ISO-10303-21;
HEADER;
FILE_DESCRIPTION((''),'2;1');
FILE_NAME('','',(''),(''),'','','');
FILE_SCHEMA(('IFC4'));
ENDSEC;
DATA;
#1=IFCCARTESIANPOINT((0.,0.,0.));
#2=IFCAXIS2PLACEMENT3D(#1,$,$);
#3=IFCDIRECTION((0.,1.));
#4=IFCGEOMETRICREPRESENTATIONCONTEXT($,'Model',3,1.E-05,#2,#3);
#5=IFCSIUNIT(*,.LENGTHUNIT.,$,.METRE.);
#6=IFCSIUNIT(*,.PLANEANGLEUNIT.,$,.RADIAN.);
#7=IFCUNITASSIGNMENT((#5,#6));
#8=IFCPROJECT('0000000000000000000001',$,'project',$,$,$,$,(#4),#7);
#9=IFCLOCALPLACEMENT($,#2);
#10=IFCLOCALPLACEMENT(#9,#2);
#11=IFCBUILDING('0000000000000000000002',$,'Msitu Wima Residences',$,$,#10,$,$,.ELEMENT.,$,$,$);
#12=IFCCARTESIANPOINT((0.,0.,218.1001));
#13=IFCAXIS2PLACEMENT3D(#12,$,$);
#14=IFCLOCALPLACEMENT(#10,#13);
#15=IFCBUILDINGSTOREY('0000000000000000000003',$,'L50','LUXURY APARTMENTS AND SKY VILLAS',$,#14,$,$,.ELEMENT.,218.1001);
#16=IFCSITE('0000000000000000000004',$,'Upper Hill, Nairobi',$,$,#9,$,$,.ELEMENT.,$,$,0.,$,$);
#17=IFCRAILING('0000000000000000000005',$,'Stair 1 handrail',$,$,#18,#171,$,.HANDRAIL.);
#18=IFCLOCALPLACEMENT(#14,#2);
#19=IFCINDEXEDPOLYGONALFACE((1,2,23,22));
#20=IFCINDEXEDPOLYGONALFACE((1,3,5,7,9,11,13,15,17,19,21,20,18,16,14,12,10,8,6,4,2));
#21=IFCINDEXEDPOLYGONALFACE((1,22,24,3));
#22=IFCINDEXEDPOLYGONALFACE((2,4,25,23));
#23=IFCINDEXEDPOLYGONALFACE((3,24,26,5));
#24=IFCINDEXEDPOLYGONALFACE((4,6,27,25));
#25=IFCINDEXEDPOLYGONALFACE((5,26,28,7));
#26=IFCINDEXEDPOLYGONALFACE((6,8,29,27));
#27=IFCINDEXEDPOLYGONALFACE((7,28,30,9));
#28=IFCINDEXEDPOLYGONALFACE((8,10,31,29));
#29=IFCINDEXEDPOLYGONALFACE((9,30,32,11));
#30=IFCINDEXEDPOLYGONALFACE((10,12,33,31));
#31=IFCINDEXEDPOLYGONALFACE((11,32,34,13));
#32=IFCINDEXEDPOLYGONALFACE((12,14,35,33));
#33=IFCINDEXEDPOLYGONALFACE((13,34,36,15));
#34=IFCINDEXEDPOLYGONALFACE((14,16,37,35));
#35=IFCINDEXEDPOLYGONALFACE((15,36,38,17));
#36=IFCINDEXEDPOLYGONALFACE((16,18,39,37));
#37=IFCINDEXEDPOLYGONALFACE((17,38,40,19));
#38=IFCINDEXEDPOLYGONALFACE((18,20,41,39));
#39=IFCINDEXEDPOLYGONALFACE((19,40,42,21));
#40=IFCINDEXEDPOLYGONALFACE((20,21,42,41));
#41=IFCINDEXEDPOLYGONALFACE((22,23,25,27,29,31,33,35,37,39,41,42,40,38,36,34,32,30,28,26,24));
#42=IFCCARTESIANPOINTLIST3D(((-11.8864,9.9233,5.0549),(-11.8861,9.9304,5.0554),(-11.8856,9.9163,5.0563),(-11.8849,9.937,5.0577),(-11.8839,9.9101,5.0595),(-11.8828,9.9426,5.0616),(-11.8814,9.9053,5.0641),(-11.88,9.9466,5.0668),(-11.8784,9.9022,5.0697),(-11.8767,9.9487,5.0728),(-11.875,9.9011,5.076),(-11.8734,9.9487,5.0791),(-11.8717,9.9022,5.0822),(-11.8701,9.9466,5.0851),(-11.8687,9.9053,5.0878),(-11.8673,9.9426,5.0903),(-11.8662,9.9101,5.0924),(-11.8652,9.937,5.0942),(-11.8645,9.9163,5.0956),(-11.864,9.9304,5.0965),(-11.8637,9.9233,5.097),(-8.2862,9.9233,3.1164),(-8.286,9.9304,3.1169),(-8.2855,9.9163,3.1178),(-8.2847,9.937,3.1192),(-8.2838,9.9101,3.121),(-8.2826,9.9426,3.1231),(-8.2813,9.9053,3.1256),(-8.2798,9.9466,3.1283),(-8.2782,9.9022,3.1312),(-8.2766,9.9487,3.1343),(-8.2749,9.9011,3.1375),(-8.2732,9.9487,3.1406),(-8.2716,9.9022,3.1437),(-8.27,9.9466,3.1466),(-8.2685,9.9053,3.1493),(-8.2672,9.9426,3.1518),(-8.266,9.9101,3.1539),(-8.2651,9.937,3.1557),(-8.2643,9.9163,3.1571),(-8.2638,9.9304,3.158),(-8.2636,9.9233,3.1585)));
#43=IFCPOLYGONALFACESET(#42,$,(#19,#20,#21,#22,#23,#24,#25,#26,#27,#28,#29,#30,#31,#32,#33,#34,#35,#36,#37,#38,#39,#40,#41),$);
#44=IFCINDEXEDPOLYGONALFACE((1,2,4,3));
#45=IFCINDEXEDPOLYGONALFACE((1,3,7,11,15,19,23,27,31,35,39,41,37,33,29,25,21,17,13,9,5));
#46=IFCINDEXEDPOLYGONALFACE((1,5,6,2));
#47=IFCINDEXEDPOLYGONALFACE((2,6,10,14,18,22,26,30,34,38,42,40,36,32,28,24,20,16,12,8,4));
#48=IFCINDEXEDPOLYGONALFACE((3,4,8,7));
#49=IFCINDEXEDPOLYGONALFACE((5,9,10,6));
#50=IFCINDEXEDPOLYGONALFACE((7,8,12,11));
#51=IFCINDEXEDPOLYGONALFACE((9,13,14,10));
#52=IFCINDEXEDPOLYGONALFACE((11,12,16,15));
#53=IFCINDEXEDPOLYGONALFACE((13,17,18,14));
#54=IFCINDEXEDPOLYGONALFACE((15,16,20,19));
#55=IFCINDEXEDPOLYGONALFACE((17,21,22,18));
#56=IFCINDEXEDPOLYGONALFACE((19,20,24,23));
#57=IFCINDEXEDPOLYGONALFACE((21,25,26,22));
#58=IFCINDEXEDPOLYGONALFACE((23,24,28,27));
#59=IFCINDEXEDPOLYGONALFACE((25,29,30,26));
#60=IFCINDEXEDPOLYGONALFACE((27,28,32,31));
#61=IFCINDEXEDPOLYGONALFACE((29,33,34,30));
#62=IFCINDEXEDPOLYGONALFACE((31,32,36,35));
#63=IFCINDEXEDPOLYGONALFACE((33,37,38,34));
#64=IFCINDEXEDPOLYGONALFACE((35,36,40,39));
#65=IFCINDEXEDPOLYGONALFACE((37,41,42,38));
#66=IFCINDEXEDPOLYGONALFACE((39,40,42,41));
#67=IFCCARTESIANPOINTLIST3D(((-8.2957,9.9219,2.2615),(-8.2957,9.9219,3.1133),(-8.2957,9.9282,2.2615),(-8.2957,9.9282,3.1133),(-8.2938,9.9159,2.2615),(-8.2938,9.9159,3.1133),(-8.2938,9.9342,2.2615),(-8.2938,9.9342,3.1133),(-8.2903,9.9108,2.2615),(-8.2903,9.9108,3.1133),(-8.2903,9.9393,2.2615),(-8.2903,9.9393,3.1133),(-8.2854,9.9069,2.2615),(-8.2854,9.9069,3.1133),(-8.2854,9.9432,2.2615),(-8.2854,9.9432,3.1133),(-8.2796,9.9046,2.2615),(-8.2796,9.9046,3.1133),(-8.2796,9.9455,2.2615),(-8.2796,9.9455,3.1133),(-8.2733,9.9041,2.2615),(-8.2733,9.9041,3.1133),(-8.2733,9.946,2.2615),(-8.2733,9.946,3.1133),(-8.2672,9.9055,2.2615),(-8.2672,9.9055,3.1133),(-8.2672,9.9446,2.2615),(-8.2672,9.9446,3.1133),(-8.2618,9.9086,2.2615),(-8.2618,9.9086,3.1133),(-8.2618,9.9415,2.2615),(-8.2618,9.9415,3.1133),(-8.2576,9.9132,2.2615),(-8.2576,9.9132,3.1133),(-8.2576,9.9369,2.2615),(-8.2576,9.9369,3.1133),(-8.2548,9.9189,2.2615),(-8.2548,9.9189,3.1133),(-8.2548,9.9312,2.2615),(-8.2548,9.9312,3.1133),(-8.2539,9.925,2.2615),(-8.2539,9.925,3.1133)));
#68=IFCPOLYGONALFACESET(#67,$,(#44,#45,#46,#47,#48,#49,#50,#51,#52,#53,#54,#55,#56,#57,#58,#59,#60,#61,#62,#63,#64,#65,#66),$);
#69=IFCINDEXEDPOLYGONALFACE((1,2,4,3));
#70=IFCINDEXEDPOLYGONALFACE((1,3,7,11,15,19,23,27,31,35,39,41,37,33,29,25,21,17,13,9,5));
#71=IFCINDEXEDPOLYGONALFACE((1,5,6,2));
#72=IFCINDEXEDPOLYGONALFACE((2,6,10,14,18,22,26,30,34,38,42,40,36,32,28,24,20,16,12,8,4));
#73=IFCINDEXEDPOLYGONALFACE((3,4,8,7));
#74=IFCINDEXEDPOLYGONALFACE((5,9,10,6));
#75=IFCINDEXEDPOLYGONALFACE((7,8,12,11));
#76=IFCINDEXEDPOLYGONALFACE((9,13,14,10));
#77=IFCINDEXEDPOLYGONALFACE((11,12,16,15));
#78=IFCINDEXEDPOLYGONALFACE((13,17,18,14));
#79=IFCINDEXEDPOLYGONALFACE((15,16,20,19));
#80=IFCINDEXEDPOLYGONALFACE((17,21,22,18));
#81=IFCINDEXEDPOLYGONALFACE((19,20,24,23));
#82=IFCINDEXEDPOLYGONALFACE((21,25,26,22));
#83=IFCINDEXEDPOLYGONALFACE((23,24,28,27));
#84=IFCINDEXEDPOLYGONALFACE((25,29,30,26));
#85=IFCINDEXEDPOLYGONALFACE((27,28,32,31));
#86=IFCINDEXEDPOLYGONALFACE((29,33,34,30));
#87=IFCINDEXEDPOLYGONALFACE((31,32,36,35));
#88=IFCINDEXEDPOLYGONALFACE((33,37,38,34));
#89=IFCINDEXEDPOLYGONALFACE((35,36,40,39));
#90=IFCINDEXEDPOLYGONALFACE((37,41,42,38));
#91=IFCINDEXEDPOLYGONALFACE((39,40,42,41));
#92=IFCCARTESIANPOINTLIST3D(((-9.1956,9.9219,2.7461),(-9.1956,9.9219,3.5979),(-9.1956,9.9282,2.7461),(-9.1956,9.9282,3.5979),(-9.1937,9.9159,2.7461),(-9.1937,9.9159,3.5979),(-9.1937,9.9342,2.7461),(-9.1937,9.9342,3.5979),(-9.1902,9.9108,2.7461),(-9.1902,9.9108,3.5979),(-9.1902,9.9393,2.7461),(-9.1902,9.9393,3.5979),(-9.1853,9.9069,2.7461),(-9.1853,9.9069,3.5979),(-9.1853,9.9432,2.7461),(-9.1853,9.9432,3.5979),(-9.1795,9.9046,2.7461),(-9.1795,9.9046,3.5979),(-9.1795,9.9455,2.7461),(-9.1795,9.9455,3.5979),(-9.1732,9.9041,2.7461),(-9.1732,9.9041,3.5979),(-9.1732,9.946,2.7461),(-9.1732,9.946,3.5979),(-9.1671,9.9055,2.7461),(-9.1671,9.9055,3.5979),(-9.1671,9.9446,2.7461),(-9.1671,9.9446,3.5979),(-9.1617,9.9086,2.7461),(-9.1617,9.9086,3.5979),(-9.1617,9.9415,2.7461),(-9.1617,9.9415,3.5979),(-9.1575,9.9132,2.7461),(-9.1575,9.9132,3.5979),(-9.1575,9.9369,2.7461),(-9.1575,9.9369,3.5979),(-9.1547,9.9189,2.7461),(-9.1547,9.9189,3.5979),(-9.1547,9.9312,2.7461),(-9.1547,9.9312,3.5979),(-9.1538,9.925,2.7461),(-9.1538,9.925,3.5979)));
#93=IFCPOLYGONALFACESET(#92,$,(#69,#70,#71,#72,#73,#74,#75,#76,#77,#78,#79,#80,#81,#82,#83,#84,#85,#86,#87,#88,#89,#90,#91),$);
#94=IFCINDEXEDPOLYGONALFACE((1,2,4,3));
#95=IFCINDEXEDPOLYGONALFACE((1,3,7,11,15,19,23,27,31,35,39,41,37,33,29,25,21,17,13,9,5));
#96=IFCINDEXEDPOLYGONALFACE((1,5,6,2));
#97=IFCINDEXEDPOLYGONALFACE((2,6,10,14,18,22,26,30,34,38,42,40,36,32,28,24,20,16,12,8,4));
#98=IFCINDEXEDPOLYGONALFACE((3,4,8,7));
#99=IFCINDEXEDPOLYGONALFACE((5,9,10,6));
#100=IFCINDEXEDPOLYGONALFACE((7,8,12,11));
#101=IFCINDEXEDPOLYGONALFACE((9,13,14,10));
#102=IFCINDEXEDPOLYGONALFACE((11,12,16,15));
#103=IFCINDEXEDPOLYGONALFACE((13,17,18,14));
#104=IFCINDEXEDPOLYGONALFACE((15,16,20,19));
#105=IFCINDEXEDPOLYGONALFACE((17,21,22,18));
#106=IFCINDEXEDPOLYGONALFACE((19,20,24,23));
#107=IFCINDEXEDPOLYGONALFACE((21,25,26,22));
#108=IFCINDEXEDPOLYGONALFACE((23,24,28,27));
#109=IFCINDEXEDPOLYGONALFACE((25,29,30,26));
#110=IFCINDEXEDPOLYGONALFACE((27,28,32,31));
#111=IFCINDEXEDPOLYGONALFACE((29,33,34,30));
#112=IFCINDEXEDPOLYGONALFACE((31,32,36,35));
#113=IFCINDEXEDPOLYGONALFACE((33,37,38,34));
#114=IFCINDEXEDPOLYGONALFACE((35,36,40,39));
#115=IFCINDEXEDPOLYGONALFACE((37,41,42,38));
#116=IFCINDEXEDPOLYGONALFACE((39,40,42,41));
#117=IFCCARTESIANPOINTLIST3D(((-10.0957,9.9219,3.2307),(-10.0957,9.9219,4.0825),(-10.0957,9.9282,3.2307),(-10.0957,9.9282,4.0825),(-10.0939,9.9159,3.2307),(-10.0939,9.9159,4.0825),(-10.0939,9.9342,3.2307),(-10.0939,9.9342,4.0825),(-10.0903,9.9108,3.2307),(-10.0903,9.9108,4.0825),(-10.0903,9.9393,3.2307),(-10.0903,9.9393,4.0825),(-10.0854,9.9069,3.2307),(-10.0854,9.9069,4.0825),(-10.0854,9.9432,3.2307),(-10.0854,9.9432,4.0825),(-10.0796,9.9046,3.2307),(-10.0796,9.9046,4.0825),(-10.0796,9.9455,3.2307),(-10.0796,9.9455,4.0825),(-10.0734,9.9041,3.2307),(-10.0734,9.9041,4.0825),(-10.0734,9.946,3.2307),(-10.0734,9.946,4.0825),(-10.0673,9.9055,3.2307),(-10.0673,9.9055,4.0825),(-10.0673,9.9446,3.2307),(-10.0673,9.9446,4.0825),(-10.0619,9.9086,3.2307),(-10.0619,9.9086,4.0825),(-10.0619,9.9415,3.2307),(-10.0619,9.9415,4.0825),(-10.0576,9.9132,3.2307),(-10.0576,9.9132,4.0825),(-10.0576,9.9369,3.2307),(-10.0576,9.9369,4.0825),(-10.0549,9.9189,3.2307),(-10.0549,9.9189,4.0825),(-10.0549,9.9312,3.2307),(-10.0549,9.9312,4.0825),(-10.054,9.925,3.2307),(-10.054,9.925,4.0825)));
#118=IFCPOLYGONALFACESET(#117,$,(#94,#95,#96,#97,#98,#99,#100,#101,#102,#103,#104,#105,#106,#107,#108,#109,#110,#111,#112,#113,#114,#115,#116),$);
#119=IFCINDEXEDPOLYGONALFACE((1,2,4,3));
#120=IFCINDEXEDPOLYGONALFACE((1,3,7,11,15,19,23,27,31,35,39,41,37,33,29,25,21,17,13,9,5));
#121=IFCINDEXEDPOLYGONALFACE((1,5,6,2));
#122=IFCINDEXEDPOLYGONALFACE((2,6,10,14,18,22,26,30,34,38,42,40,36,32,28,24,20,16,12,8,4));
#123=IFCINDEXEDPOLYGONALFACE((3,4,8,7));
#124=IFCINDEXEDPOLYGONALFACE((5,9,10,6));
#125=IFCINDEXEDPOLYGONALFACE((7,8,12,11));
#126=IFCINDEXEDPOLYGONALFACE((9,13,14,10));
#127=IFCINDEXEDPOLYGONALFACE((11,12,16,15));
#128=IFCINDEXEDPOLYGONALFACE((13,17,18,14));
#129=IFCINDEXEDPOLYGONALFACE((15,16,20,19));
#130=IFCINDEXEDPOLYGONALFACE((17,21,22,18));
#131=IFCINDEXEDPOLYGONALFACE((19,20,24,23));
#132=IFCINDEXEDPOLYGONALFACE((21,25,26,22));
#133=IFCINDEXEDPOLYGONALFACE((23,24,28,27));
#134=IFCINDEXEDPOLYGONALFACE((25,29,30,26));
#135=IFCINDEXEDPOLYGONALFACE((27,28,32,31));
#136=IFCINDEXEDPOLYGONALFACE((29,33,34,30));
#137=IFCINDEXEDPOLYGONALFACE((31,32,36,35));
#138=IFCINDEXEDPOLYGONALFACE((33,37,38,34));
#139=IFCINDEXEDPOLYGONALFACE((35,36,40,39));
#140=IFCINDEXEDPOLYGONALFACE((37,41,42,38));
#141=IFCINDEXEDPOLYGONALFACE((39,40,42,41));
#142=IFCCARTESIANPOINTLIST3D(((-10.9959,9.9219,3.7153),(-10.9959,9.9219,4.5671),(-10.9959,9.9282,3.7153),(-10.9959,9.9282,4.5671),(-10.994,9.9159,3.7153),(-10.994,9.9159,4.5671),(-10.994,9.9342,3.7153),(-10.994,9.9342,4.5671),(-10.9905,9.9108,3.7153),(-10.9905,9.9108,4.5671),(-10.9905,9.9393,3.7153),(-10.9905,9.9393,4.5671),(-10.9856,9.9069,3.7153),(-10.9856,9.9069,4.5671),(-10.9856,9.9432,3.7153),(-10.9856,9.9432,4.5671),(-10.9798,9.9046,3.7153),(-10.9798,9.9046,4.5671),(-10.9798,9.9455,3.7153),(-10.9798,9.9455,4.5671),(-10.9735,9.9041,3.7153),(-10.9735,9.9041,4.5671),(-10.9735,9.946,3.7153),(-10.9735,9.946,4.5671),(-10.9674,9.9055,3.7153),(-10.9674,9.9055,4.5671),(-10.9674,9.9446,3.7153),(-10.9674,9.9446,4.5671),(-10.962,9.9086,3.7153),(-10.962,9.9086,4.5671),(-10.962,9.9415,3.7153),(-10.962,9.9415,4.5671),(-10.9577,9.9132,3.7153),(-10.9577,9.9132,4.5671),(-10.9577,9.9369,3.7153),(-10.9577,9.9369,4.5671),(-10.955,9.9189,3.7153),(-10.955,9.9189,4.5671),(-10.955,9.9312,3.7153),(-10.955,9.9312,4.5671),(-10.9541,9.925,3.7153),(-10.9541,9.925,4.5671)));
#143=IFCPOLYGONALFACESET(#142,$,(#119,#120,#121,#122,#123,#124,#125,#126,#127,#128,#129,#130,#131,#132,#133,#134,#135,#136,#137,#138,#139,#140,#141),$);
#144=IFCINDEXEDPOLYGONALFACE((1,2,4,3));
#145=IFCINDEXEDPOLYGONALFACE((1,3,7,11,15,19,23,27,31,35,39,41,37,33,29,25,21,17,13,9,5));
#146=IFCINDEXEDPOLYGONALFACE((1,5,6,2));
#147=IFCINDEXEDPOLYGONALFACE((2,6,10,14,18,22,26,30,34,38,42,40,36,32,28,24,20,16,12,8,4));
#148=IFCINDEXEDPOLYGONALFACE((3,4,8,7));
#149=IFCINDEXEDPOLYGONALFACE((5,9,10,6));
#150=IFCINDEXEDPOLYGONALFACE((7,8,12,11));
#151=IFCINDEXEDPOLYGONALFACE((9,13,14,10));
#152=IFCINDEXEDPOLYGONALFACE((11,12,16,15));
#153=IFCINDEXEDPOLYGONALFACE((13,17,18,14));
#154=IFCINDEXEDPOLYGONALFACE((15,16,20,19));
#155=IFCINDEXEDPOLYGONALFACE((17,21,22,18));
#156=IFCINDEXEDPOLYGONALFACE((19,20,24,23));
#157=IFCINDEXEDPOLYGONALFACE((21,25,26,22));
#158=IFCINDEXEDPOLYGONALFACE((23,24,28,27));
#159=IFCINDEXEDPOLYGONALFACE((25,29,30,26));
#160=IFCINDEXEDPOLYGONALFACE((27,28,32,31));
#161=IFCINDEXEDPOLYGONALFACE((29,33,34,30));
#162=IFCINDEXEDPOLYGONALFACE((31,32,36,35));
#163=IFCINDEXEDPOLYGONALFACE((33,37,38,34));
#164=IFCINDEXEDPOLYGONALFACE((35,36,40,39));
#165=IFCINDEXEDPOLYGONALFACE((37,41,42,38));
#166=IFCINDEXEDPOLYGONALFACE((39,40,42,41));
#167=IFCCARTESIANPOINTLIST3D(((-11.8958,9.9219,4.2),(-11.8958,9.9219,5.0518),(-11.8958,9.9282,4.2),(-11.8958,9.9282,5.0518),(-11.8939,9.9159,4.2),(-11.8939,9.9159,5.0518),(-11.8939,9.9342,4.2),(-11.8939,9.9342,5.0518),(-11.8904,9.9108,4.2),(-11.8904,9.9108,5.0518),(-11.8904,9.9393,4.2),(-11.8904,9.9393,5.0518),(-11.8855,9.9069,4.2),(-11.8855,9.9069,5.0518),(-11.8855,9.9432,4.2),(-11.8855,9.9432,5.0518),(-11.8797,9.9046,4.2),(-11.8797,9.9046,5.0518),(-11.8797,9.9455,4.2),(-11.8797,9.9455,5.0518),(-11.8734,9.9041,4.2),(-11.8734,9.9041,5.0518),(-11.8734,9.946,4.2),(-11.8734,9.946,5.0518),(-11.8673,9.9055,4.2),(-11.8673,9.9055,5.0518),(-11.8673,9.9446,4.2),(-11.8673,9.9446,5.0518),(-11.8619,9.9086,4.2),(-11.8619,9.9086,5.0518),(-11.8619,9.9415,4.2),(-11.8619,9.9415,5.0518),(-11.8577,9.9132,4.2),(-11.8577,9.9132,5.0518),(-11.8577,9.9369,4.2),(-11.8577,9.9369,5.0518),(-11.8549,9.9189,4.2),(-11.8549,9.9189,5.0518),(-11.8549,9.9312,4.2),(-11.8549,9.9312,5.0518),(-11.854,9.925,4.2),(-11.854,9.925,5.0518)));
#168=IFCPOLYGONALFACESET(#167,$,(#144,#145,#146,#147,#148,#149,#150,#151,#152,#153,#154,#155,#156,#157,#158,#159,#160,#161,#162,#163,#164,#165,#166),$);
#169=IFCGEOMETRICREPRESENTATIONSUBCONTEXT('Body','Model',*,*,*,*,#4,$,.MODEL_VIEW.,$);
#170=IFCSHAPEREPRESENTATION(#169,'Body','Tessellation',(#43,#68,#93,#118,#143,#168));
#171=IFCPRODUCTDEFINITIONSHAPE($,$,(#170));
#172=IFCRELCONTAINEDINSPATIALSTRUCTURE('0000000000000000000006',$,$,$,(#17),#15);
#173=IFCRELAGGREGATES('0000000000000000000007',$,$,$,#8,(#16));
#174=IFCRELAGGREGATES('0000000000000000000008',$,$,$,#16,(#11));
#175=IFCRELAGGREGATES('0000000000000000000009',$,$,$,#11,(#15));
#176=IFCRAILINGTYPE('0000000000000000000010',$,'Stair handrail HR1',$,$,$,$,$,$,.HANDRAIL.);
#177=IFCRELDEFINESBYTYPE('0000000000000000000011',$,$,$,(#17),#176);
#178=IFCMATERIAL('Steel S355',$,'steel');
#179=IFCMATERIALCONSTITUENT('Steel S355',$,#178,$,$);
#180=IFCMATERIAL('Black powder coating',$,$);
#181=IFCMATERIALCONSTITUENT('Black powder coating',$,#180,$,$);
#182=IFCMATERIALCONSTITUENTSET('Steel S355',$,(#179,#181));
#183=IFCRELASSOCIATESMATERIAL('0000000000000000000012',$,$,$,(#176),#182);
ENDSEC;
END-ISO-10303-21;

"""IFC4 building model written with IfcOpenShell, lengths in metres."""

from ifc_helpers import new_model, si_unit, direction, frame, origin, origin_2d, place, context, subcontext, project, spatial, circle, extrude, material, constituent, constituent_set, type_object, element, save


model = new_model("IFC4")

# Units and contexts
model_context = context("Model", 3, precision=1e-05, world=origin(), true_north=direction((0.0, 1.0)))
body_context = subcontext(model_context, "Body", "Model", "MODEL_VIEW")
ifc_project = project(units=[si_unit("LENGTHUNIT", "METRE"), si_unit("PLANEANGLEUNIT", "RADIAN")], contexts=[model_context])

# Site, building, storey
site_placement = place(None, origin())
site = spatial("IfcSite", under=ifc_project, at=site_placement, Name="Upper Hill, Nairobi", CompositionType="ELEMENT", RefElevation=0.0)
building_placement = place(site_placement, origin())
building = spatial("IfcBuilding", under=site, at=building_placement, Name="Msitu Wima Residences", CompositionType="ELEMENT")
storey_placement = place(building_placement, frame((0.0, 0.0, 218.1001)))
storey = spatial("IfcBuildingStorey", under=building, at=storey_placement, Name="L50", Description="LUXURY APARTMENTS AND SKY VILLAS", CompositionType="ELEMENT", Elevation=218.1001)

# Railing
ifc_material_1 = material(Name="Steel S355", Category="steel")
ifc_constituent_1 = constituent(ifc_material_1, Name="Steel S355")
ifc_material_2 = material(Name="Black powder coating")
ifc_constituent_2 = constituent(ifc_material_2, Name="Black powder coating")
ifc_constituent_set = constituent_set(constituents=[ifc_constituent_1, ifc_constituent_2], Name="Steel S355")
railing_type = type_object("IfcRailingType", Name="Stair handrail HR1", PredefinedType="HANDRAIL", material=ifc_constituent_set)
for number, where, name in (
    (1, (-8.2749, 9.925, 2.2615), "Stair 1 handrail"),
):
    element("IfcRailing", number, at=place(storey_placement, frame(where)), inside=storey, type_object=railing_type, Name=name, PredefinedType="HANDRAIL", context=body_context, shape_type="SweptSolid", body=[
        extrude(circle(Radius=0.0239, at=origin_2d()), frame((0.0, 0.0, 0.876), z_axis=(-0.880475, 0.0, 0.474093), x_axis=(0.0, -1.0, 0.0)), (0.0, 0.0, 1.0), 4.0889),
        extrude(circle(Radius=0.021, at=origin_2d()), origin(), (0.0, 0.0, 1.0), 0.8518),
        extrude(circle(Radius=0.021, at=origin_2d()), frame((-0.8999, 0.0, 0.4846)), (0.0, 0.0, 1.0), 0.8518),
        extrude(circle(Radius=0.021, at=origin_2d()), frame((-1.8, 0.0, 0.9692)), (0.0, 0.0, 1.0), 0.8518),
        extrude(circle(Radius=0.021, at=origin_2d()), frame((-2.7002, 0.0, 1.4539)), (0.0, 0.0, 1.0), 0.8518),
        extrude(circle(Radius=0.021, at=origin_2d()), frame((-3.6001, 0.0, 1.9385)), (0.0, 0.0, 1.0), 0.8518),
    ])

save(model, "model.ifc")
